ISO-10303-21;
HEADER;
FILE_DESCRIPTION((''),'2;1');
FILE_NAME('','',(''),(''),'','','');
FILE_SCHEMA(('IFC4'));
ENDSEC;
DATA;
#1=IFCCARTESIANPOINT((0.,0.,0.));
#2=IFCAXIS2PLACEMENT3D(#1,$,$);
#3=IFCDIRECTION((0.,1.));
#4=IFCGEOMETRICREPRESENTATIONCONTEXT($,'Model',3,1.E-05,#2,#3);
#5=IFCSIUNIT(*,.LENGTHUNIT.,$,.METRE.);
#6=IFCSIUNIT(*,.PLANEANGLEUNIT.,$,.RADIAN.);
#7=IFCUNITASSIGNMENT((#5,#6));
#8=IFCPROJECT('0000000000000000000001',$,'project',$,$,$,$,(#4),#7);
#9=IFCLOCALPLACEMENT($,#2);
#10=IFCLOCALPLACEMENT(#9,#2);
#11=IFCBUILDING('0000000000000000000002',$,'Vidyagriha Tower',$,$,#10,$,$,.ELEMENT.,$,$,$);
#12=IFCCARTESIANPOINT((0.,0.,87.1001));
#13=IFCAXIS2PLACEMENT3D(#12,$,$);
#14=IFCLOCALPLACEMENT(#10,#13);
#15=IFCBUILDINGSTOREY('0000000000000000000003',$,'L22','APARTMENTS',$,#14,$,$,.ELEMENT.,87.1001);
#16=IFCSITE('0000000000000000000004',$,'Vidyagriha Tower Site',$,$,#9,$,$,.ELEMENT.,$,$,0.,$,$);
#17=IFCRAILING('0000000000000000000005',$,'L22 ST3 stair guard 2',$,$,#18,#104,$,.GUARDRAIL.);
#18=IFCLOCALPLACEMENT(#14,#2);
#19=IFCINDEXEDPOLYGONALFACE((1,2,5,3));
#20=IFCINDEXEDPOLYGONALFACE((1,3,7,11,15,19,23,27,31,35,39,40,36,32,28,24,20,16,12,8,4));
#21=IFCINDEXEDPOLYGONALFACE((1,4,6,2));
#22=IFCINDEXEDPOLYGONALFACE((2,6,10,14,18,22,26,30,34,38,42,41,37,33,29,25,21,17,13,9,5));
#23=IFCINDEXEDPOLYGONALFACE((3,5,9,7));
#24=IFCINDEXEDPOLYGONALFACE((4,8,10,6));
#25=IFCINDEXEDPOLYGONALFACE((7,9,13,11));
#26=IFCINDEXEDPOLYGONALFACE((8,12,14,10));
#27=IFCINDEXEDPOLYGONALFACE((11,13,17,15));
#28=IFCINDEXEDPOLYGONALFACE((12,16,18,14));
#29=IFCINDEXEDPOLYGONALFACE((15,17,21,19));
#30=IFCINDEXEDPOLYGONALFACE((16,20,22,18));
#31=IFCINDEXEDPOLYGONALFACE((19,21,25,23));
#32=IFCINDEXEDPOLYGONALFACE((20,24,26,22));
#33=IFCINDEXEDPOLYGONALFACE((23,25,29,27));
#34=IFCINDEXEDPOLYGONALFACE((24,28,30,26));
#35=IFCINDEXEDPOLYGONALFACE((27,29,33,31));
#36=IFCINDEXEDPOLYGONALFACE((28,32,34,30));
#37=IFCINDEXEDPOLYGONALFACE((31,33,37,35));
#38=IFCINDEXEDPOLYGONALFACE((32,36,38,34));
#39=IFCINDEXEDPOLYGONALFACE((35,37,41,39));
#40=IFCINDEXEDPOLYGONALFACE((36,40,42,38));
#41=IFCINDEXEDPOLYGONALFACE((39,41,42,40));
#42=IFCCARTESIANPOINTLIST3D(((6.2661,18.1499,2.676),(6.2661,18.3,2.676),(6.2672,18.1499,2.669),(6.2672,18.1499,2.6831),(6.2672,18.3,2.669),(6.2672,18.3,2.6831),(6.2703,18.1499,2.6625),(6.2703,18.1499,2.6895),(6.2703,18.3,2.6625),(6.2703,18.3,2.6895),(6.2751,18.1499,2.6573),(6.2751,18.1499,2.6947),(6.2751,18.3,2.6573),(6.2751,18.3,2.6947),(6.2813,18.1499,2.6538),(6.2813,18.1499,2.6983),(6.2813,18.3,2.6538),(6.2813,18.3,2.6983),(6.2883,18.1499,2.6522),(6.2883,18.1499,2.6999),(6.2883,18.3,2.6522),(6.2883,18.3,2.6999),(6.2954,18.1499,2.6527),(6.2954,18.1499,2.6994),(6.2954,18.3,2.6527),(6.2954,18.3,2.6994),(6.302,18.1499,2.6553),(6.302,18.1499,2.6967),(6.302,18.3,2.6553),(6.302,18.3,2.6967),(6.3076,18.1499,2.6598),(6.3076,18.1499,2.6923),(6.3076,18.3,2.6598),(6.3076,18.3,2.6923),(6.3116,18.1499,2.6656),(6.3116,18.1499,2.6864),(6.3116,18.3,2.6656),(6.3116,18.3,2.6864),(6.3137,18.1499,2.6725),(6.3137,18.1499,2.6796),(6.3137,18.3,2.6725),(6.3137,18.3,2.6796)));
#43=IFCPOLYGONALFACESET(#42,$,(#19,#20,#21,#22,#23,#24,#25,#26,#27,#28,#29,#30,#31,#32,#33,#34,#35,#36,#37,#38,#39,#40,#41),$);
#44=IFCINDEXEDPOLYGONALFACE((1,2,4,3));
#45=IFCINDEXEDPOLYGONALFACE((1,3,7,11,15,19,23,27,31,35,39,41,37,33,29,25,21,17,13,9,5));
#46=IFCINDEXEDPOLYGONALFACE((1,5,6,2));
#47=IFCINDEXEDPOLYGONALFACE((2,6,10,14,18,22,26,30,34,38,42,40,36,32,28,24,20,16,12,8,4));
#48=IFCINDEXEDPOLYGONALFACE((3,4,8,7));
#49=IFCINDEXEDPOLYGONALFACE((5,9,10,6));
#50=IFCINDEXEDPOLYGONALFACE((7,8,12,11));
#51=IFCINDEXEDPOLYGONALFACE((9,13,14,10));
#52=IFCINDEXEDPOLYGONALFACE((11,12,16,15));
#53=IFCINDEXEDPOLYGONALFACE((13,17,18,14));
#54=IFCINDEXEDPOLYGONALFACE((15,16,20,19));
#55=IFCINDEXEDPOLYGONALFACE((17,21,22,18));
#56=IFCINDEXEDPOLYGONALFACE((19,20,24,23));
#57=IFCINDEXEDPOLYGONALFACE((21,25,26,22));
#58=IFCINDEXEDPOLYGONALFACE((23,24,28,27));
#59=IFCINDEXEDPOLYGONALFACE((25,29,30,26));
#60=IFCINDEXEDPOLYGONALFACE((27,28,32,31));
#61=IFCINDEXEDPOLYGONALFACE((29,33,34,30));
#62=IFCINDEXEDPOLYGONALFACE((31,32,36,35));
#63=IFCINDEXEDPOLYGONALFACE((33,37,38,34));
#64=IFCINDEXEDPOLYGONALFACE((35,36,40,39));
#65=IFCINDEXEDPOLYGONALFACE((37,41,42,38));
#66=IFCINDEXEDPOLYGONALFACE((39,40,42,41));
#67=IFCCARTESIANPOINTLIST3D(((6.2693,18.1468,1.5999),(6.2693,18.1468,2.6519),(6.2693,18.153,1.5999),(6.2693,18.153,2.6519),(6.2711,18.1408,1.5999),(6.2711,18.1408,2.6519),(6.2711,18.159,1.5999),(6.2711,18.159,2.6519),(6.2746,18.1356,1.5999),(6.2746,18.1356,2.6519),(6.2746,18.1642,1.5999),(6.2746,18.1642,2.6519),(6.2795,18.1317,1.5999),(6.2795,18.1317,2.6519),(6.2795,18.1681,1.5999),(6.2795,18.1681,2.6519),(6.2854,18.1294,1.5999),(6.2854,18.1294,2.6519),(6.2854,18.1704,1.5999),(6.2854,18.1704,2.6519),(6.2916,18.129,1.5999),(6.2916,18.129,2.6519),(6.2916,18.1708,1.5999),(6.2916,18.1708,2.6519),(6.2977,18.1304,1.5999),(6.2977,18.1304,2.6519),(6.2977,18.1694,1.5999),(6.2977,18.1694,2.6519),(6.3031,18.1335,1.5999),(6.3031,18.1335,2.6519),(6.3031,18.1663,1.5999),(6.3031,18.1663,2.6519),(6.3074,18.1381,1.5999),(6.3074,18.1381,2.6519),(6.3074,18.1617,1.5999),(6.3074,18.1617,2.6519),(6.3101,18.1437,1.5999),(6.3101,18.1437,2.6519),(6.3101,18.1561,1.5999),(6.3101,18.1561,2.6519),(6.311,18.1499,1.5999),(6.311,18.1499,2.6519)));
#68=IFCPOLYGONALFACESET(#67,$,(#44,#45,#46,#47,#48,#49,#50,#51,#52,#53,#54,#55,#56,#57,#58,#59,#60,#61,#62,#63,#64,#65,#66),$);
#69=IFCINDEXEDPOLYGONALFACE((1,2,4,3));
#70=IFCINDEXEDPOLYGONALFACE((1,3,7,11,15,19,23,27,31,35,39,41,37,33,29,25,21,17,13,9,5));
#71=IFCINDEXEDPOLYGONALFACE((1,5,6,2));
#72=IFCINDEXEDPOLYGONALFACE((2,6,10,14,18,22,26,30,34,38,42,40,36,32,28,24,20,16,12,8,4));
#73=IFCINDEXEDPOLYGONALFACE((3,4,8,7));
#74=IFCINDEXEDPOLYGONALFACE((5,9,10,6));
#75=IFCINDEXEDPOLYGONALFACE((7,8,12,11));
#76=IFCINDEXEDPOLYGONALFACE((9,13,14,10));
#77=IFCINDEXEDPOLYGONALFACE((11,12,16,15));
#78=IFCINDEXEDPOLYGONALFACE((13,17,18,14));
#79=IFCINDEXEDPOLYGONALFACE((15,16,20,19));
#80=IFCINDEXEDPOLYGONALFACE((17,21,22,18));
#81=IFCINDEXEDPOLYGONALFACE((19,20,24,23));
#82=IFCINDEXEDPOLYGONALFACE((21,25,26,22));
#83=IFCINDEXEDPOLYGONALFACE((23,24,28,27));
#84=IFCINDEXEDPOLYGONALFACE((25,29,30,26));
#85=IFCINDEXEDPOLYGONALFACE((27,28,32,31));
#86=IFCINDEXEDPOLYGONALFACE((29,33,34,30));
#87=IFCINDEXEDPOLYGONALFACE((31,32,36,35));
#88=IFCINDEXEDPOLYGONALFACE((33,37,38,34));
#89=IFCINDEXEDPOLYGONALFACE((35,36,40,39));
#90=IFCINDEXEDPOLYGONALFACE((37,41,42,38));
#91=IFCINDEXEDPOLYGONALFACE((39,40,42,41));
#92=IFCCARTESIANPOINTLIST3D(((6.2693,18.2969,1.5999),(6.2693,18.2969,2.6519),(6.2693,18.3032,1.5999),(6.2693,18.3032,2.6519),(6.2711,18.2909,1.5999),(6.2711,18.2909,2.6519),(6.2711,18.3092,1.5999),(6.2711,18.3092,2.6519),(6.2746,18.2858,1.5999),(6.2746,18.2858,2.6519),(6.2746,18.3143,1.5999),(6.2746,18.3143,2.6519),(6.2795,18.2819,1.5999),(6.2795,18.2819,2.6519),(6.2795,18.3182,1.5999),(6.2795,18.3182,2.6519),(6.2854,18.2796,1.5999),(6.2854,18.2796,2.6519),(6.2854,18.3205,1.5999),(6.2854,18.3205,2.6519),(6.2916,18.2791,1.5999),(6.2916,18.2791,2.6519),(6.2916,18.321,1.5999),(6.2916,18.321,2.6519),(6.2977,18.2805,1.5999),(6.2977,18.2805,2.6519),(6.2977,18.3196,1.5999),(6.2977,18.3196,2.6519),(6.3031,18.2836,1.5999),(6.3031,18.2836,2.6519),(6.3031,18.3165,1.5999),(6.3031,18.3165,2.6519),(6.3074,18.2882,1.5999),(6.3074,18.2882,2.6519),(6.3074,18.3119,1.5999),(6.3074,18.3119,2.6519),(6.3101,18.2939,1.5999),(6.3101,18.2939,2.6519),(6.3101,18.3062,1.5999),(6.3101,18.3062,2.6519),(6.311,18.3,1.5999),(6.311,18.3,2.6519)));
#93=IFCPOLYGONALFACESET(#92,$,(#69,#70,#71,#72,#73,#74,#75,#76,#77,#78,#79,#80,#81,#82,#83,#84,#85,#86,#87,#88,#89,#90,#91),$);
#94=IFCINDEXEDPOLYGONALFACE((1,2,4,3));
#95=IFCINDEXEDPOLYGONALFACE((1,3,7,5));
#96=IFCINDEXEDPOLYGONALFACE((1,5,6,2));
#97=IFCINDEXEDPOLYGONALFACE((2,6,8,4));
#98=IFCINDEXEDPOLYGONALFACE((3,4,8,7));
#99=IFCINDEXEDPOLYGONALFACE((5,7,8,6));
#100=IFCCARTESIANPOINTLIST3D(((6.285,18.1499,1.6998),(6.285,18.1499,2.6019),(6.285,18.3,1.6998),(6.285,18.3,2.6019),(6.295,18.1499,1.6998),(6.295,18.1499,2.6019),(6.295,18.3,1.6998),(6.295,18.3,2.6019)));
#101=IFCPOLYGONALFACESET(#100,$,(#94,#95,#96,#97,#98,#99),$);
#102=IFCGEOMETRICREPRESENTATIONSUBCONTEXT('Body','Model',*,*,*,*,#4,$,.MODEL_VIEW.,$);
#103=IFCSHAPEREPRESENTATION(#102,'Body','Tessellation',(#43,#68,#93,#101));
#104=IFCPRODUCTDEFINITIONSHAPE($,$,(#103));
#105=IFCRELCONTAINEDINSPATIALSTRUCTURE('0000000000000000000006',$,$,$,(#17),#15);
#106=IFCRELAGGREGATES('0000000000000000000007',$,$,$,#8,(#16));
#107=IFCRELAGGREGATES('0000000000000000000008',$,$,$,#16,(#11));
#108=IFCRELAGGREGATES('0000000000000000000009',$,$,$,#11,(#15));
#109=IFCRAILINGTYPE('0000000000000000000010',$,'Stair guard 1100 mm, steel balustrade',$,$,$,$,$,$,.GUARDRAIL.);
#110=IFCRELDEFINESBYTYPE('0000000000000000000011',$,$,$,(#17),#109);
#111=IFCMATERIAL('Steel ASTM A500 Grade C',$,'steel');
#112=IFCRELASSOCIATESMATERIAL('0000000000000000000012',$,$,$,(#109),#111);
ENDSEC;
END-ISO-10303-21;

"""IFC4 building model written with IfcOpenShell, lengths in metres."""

from ifc_helpers import new_model, si_unit, direction, frame, origin, origin_2d, place, context, subcontext, project, spatial, rectangle, circle, extrude, material, type_object, element, save


model = new_model("IFC4")

# Units and contexts
model_context = context("Model", 3, precision=1e-05, world=origin(), true_north=direction((0.0, 1.0)))
body_context = subcontext(model_context, "Body", "Model", "MODEL_VIEW")
ifc_project = project(units=[si_unit("LENGTHUNIT", "METRE"), si_unit("PLANEANGLEUNIT", "RADIAN")], contexts=[model_context])

# Site, building, storey
site_placement = place(None, origin())
site = spatial("IfcSite", under=ifc_project, at=site_placement, Name="Vidyagriha Tower Site", CompositionType="ELEMENT", RefElevation=0.0)
building_placement = place(site_placement, origin())
building = spatial("IfcBuilding", under=site, at=building_placement, Name="Vidyagriha Tower", CompositionType="ELEMENT")
storey_placement = place(building_placement, frame((0.0, 0.0, 87.1001)))
storey = spatial("IfcBuildingStorey", under=building, at=storey_placement, Name="L22", Description="APARTMENTS", CompositionType="ELEMENT", Elevation=87.1001)

# Railing
ifc_material_1 = material(Name="Steel ASTM A500 Grade C", Category="steel")
railing_type_1 = type_object("IfcRailingType", Name="Stair guard 1100 mm, steel balustrade", PredefinedType="GUARDRAIL", material=ifc_material_1)
railing_1_placement = place(storey_placement, frame((6.29, 18.1499, 1.5999)))
element("IfcRailing", 1, at=railing_1_placement, inside=storey, type_object=railing_type_1, Name="L22 ST3 stair guard 2", PredefinedType="GUARDRAIL", context=body_context, shape_type="SweptSolid", body=[
    extrude(circle(Radius=0.0239, at=origin_2d()), frame((0.0, 0.0, 1.0762), z_axis=(0.0, 1.0, 0.0), x_axis=(-1.0, 0.0, 0.0)), (0.0, 0.0, 1.0), 0.1501),
    extrude(circle(Radius=0.021, at=origin_2d()), origin(), (0.0, 0.0, 1.0), 1.052),
    extrude(circle(Radius=0.021, at=origin_2d()), frame((0.0, 0.1501, 0.0)), (0.0, 0.0, 1.0), 1.052),
    extrude(rectangle(XDim=0.01, YDim=0.9021, at=origin_2d()), frame((0.0, 0.0, 0.551), z_axis=(0.0, 1.0, 0.0), x_axis=(-1.0, 0.0, 0.0)), (0.0, 0.0, 1.0), 0.1501),
])

save(model, "model.ifc")
